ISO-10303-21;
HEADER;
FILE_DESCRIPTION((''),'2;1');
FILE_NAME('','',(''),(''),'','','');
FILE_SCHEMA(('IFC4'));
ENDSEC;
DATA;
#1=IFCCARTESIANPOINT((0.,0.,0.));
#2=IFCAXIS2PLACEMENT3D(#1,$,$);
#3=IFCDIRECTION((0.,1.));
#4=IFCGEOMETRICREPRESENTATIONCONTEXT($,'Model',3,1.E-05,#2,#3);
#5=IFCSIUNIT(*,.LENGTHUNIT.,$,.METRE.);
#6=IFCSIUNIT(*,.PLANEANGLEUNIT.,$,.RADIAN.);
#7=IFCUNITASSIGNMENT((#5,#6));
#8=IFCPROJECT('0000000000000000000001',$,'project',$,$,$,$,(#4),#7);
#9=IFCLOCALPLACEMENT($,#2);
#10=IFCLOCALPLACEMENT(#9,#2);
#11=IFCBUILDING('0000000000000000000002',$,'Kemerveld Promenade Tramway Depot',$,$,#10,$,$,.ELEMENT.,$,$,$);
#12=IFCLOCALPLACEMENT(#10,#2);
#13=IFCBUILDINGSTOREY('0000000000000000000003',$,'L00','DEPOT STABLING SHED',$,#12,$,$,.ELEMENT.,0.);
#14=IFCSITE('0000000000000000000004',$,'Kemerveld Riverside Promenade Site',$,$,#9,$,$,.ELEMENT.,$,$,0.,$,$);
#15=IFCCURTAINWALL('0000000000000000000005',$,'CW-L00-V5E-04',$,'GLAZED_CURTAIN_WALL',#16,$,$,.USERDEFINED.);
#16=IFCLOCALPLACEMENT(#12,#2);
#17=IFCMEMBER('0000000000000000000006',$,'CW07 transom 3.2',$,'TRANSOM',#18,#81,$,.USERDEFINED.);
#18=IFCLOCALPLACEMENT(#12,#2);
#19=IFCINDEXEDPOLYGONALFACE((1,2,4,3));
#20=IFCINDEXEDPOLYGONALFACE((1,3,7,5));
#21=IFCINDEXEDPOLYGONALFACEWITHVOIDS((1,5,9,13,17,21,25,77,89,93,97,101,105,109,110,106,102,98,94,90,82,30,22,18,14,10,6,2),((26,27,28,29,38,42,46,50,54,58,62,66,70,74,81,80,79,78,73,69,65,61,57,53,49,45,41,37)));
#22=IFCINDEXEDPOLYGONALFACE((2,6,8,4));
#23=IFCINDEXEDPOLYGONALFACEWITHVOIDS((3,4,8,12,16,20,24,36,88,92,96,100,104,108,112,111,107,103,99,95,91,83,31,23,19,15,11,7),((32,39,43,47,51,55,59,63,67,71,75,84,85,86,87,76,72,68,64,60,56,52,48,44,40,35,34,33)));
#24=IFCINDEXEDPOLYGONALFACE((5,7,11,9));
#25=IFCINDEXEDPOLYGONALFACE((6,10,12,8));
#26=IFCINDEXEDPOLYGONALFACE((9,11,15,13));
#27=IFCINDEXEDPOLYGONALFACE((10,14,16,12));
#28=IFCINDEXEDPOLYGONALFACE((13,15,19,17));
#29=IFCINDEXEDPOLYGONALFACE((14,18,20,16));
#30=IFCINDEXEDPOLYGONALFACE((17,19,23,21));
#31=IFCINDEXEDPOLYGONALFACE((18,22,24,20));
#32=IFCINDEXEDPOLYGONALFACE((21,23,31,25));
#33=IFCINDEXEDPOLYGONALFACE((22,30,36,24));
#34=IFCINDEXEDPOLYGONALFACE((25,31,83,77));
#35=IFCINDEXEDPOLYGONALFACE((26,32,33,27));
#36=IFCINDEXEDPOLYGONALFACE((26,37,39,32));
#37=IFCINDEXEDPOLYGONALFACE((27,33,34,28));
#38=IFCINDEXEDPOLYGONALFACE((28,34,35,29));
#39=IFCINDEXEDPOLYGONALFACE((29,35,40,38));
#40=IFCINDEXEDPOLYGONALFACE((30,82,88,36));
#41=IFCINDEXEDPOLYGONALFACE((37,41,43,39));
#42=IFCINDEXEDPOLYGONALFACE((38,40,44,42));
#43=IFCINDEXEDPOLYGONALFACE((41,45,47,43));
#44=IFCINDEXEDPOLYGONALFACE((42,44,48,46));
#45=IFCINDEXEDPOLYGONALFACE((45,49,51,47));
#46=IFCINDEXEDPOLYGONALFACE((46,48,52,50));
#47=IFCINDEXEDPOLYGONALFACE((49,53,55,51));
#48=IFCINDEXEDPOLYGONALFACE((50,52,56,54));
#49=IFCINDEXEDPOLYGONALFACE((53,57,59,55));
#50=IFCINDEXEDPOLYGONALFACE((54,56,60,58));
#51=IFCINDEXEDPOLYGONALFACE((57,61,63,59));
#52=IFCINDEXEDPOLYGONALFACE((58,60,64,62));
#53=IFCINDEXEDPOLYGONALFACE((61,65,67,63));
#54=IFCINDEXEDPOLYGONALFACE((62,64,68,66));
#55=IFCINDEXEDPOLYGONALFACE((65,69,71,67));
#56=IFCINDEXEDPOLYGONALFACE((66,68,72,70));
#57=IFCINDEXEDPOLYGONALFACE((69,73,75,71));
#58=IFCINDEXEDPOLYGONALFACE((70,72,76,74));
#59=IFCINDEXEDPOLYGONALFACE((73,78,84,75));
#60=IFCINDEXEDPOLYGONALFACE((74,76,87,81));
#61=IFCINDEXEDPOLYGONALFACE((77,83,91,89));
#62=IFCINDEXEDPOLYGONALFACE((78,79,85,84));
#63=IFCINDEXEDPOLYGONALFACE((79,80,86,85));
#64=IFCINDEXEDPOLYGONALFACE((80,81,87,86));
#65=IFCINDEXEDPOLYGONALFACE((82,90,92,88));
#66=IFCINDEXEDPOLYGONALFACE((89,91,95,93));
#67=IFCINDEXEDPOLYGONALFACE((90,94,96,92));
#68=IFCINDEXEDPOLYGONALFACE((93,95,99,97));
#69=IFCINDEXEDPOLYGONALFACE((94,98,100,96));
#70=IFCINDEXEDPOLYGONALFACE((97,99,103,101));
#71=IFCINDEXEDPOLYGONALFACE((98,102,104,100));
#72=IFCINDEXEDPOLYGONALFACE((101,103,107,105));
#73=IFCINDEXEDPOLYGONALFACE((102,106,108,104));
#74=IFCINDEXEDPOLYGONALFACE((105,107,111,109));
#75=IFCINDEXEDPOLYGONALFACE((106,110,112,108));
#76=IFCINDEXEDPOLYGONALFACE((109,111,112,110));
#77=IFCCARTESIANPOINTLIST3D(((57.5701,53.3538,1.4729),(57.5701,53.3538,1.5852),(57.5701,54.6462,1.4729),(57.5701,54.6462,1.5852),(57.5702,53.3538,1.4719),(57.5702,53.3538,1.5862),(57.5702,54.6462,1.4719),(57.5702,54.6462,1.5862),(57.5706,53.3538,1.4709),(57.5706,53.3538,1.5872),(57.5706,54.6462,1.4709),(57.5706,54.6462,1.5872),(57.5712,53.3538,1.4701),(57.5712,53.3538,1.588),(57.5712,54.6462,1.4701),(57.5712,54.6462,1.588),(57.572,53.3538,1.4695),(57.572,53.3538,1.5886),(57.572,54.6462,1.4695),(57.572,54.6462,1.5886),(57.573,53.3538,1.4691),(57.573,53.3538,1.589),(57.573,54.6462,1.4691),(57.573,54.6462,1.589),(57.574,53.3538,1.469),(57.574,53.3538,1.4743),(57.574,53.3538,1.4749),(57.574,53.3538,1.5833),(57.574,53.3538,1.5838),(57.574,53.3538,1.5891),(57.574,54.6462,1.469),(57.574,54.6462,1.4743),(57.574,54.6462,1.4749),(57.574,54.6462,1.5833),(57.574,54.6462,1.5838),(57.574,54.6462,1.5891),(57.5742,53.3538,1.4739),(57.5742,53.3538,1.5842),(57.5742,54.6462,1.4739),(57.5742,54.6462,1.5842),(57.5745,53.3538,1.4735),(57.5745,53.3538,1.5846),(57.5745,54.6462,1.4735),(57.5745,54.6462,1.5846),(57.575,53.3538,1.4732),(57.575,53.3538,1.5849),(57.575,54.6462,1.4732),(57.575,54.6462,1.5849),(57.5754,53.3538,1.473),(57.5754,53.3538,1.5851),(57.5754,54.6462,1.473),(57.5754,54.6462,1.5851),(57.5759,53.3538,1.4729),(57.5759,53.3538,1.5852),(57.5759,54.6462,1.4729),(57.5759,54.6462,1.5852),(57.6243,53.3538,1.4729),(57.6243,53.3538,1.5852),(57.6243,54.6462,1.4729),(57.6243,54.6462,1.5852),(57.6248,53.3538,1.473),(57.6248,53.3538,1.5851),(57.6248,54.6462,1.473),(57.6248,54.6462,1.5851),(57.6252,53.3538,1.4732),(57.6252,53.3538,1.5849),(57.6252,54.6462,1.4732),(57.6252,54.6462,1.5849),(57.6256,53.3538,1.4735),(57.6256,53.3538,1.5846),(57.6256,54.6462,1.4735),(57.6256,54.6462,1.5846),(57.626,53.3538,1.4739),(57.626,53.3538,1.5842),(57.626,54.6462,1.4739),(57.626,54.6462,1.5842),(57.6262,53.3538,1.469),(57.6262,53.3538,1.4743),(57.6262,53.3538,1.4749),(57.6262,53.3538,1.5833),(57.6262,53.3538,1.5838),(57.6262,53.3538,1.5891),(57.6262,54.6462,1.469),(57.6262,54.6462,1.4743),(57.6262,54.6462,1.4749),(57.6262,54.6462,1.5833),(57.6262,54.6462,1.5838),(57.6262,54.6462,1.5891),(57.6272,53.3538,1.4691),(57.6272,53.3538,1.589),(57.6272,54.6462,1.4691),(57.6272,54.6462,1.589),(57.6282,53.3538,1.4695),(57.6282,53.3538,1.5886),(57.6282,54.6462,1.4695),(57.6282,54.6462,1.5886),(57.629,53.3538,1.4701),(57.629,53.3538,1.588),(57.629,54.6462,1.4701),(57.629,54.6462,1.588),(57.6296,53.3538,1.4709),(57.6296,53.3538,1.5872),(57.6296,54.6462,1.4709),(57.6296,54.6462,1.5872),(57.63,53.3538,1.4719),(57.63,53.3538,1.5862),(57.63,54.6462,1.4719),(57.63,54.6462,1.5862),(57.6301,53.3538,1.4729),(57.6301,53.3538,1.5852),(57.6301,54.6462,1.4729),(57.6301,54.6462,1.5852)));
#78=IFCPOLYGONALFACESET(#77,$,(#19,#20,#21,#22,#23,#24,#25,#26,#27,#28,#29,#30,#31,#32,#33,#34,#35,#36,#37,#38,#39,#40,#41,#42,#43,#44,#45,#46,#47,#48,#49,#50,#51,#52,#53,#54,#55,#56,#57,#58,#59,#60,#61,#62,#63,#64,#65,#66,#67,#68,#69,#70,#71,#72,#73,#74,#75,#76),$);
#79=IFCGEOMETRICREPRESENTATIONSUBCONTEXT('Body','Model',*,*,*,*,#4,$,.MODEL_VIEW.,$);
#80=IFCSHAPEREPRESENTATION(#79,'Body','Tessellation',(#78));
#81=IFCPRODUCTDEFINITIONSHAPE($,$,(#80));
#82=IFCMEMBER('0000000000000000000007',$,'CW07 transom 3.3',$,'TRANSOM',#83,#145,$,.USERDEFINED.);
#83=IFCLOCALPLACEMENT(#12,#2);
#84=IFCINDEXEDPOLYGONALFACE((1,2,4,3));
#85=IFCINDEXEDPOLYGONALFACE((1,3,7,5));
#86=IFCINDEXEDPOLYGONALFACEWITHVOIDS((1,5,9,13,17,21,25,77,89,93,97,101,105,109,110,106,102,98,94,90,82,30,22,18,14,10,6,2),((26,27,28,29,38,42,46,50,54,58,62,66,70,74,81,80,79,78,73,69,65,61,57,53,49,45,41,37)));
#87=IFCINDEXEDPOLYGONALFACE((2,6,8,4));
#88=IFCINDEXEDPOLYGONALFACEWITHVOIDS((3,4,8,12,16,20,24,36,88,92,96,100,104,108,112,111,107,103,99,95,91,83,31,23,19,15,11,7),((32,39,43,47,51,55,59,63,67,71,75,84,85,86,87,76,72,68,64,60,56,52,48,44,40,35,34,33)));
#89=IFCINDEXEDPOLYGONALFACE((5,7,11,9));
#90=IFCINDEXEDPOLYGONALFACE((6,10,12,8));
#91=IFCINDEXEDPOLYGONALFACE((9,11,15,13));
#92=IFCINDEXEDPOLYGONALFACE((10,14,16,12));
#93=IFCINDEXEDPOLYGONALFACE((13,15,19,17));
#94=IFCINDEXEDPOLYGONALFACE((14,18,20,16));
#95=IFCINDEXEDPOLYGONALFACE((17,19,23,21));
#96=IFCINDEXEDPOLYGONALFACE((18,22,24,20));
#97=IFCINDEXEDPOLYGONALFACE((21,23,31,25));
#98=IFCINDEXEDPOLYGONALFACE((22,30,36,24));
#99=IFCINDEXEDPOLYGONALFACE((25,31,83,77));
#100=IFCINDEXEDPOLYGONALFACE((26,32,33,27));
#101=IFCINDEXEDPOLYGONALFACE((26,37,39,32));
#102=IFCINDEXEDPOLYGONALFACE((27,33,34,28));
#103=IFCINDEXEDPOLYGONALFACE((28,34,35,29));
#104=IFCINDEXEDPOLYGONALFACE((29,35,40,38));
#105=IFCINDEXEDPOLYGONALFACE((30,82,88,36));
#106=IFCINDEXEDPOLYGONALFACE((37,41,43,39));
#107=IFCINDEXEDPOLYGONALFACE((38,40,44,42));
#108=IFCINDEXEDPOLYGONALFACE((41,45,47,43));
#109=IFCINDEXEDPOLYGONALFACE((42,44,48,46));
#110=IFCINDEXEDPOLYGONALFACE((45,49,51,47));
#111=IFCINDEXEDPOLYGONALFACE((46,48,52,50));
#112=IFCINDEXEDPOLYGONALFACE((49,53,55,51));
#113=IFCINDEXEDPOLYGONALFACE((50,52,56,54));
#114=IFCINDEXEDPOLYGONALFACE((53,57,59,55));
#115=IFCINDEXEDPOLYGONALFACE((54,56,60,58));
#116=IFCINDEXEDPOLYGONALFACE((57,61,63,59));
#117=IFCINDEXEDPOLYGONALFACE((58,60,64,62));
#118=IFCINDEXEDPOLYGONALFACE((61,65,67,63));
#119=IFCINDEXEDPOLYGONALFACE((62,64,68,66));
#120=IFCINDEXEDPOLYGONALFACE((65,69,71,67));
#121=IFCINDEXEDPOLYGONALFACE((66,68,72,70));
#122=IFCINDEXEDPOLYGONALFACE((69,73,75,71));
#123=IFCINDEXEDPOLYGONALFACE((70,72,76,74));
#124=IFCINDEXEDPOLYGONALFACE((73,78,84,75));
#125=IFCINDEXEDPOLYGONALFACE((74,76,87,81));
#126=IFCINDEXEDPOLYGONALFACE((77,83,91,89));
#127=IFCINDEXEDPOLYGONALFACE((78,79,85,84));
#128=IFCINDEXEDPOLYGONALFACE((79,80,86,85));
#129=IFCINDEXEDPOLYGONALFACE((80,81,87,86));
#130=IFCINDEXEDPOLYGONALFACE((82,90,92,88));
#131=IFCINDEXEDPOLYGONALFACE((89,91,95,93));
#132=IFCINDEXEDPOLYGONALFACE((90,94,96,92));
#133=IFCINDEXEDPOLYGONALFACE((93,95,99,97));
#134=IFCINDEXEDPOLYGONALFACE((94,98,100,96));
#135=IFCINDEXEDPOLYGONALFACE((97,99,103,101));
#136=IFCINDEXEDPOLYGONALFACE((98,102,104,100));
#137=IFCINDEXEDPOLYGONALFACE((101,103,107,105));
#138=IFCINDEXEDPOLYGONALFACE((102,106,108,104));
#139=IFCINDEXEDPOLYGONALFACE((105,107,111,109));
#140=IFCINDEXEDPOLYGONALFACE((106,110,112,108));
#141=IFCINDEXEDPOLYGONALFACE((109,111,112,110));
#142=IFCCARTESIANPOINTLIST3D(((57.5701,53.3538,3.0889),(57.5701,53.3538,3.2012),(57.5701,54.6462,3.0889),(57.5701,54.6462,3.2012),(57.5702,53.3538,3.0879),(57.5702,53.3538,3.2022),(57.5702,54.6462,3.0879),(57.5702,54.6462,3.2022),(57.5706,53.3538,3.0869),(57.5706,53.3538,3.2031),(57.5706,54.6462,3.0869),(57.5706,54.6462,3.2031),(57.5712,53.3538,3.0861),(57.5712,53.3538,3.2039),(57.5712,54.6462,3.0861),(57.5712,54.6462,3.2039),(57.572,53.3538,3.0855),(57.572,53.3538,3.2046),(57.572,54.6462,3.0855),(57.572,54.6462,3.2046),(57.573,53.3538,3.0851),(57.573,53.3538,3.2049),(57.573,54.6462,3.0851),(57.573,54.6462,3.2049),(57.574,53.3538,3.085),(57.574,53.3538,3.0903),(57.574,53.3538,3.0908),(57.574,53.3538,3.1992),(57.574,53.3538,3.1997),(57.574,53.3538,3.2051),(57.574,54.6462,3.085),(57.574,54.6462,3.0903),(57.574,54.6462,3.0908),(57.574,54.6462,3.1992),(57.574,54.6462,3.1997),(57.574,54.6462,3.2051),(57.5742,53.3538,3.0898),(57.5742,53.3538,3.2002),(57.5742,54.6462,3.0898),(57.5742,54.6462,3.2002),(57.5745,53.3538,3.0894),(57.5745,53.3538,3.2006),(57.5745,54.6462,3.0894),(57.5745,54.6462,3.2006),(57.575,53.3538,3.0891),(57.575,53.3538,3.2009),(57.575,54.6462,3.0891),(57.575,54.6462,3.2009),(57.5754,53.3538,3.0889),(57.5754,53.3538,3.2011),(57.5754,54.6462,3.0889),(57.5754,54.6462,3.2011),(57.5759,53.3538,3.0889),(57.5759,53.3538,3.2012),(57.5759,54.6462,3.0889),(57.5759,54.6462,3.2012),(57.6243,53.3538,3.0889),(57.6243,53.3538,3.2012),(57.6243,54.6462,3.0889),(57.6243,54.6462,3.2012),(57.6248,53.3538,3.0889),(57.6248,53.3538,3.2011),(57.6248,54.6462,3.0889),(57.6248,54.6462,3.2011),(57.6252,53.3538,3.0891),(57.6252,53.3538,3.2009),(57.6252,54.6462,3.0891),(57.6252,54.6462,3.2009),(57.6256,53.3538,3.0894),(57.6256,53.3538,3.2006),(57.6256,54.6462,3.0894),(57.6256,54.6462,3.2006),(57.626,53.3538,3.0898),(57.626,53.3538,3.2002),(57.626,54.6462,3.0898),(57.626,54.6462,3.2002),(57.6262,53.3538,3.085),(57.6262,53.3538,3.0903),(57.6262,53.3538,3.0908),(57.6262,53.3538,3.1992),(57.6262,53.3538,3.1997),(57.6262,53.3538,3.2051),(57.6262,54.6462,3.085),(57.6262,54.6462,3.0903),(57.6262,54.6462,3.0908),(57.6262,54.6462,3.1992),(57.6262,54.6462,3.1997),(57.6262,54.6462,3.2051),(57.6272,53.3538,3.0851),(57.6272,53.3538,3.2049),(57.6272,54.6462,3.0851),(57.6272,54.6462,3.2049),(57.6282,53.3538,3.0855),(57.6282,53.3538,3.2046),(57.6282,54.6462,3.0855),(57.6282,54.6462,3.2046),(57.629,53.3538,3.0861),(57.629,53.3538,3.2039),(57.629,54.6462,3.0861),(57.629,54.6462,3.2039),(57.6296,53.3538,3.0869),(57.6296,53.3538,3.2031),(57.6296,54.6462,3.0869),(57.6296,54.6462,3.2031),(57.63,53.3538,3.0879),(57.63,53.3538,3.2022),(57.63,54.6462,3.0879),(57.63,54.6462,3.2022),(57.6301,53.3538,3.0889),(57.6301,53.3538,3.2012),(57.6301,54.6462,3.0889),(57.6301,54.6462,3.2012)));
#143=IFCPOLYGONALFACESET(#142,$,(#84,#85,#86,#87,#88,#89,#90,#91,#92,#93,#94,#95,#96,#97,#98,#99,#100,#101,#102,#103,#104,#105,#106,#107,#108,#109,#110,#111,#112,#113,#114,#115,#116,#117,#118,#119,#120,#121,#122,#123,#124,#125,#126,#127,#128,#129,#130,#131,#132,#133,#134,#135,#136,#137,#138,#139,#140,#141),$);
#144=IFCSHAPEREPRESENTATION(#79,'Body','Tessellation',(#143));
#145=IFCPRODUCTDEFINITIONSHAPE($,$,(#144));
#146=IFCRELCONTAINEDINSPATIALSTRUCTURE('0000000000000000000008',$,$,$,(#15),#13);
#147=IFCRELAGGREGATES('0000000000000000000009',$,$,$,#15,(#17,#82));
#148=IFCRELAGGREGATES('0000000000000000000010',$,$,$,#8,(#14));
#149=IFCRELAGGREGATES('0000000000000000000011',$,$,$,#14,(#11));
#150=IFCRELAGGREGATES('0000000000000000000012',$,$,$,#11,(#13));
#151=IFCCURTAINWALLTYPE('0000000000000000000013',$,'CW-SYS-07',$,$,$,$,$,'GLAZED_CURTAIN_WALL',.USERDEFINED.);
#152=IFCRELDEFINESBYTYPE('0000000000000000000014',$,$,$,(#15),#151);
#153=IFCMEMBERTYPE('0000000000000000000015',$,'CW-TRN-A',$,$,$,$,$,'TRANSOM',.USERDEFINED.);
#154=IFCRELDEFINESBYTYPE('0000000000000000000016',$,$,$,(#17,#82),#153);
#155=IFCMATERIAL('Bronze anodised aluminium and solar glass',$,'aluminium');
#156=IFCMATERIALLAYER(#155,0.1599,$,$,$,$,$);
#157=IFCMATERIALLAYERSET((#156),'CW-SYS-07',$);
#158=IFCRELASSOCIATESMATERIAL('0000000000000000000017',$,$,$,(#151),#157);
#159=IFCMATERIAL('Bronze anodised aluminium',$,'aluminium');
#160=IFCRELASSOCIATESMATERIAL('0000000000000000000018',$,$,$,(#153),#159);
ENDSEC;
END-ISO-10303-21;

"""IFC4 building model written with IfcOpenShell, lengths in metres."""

from ifc_helpers import new_model, si_unit, direction, frame, origin, origin_2d, place, context, subcontext, project, spatial, hollow_rectangle, extrude, material, layer, layer_set, material_profile, profile_set, type_object, element, aggregate, save


model = new_model("IFC4")

# Units and contexts
model_context = context("Model", 3, precision=1e-05, world=origin(), true_north=direction((0.0, 1.0)))
body_context = subcontext(model_context, "Body", "Model", "MODEL_VIEW")
ifc_project = project(units=[si_unit("LENGTHUNIT", "METRE"), si_unit("PLANEANGLEUNIT", "RADIAN")], contexts=[model_context])

# Site, building, storey
site_placement = place(None, origin())
site = spatial("IfcSite", under=ifc_project, at=site_placement, Name="Kemerveld Riverside Promenade Site", CompositionType="ELEMENT", RefElevation=0.0)
building_placement = place(site_placement, origin())
building = spatial("IfcBuilding", under=site, at=building_placement, Name="Kemerveld Promenade Tramway Depot", CompositionType="ELEMENT")
storey_placement = place(building_placement, origin())
storey = spatial("IfcBuildingStorey", under=building, at=storey_placement, Name="L00", Description="DEPOT STABLING SHED", CompositionType="ELEMENT", Elevation=0.0)

# Curtain wall
ifc_material_1 = material(Name="Bronze anodised aluminium and solar glass", Category="aluminium")
ifc_layer_1 = layer(ifc_material_1, 0.1599)
ifc_layer_set_1 = layer_set([ifc_layer_1], Name="CW-SYS-07")
curtain_wall_type_1 = type_object("IfcCurtainWallType", Name="CW-SYS-07", ElementType="GLAZED_CURTAIN_WALL", PredefinedType="USERDEFINED", material=ifc_layer_set_1)
curtain_wall_1_placement = place(storey_placement, origin())
curtain_wall_1 = element("IfcCurtainWall", 1, at=curtain_wall_1_placement, inside=storey, type_object=curtain_wall_type_1, Name="CW-L00-V5E-04", ObjectType="GLAZED_CURTAIN_WALL", PredefinedType="USERDEFINED")
ifc_material_2 = material(Name="Bronze anodised aluminium", Category="aluminium")

# Members
ifc_material_profile_1 = material_profile(ifc_material_2, hollow_rectangle(XDim=0.0601, YDim=0.1201, WallThickness=0.0039, InnerFilletRadius=0.002, OuterFilletRadius=0.0039, at=origin_2d()), Name="CW-TRN-120x60")
ifc_profile_set_1 = profile_set([ifc_material_profile_1], Name="Bronze anodised aluminium")
member_type_1 = type_object("IfcMemberType", Name="CW-TRN-A", ElementType="TRANSOM", PredefinedType="USERDEFINED", material=ifc_profile_set_1)
member_1_placement = place(storey_placement, frame((57.6001, 54.6462, 1.5291), z_axis=(0.0, -1.0, 0.0), x_axis=(1.0, 0.0, 0.0)))
member_1 = element("IfcMember", 2, at=member_1_placement, type_object=member_type_1, Name="CW07 transom 3.2", ObjectType="TRANSOM", PredefinedType="USERDEFINED", context=body_context, shape_type="SweptSolid", body=[
    extrude(hollow_rectangle(XDim=0.0601, YDim=0.1201, WallThickness=0.0039, InnerFilletRadius=0.002, OuterFilletRadius=0.0039, at=origin_2d()), origin(), (0.0, 0.0, 1.0), 1.2925),
])
member_2_placement = place(storey_placement, frame((57.6001, 54.6462, 3.145), z_axis=(0.0, -1.0, 0.0), x_axis=(1.0, 0.0, 0.0)))
member_2 = element("IfcMember", 3, at=member_2_placement, type_object=member_type_1, Name="CW07 transom 3.3", ObjectType="TRANSOM", PredefinedType="USERDEFINED", context=body_context, shape_type="SweptSolid", body=[
    extrude(hollow_rectangle(XDim=0.0601, YDim=0.1201, WallThickness=0.0039, InnerFilletRadius=0.002, OuterFilletRadius=0.0039, at=origin_2d()), origin(), (0.0, 0.0, 1.0), 1.2925),
])

aggregate(curtain_wall_1, [member_1, member_2])

save(model, "model.ifc")
